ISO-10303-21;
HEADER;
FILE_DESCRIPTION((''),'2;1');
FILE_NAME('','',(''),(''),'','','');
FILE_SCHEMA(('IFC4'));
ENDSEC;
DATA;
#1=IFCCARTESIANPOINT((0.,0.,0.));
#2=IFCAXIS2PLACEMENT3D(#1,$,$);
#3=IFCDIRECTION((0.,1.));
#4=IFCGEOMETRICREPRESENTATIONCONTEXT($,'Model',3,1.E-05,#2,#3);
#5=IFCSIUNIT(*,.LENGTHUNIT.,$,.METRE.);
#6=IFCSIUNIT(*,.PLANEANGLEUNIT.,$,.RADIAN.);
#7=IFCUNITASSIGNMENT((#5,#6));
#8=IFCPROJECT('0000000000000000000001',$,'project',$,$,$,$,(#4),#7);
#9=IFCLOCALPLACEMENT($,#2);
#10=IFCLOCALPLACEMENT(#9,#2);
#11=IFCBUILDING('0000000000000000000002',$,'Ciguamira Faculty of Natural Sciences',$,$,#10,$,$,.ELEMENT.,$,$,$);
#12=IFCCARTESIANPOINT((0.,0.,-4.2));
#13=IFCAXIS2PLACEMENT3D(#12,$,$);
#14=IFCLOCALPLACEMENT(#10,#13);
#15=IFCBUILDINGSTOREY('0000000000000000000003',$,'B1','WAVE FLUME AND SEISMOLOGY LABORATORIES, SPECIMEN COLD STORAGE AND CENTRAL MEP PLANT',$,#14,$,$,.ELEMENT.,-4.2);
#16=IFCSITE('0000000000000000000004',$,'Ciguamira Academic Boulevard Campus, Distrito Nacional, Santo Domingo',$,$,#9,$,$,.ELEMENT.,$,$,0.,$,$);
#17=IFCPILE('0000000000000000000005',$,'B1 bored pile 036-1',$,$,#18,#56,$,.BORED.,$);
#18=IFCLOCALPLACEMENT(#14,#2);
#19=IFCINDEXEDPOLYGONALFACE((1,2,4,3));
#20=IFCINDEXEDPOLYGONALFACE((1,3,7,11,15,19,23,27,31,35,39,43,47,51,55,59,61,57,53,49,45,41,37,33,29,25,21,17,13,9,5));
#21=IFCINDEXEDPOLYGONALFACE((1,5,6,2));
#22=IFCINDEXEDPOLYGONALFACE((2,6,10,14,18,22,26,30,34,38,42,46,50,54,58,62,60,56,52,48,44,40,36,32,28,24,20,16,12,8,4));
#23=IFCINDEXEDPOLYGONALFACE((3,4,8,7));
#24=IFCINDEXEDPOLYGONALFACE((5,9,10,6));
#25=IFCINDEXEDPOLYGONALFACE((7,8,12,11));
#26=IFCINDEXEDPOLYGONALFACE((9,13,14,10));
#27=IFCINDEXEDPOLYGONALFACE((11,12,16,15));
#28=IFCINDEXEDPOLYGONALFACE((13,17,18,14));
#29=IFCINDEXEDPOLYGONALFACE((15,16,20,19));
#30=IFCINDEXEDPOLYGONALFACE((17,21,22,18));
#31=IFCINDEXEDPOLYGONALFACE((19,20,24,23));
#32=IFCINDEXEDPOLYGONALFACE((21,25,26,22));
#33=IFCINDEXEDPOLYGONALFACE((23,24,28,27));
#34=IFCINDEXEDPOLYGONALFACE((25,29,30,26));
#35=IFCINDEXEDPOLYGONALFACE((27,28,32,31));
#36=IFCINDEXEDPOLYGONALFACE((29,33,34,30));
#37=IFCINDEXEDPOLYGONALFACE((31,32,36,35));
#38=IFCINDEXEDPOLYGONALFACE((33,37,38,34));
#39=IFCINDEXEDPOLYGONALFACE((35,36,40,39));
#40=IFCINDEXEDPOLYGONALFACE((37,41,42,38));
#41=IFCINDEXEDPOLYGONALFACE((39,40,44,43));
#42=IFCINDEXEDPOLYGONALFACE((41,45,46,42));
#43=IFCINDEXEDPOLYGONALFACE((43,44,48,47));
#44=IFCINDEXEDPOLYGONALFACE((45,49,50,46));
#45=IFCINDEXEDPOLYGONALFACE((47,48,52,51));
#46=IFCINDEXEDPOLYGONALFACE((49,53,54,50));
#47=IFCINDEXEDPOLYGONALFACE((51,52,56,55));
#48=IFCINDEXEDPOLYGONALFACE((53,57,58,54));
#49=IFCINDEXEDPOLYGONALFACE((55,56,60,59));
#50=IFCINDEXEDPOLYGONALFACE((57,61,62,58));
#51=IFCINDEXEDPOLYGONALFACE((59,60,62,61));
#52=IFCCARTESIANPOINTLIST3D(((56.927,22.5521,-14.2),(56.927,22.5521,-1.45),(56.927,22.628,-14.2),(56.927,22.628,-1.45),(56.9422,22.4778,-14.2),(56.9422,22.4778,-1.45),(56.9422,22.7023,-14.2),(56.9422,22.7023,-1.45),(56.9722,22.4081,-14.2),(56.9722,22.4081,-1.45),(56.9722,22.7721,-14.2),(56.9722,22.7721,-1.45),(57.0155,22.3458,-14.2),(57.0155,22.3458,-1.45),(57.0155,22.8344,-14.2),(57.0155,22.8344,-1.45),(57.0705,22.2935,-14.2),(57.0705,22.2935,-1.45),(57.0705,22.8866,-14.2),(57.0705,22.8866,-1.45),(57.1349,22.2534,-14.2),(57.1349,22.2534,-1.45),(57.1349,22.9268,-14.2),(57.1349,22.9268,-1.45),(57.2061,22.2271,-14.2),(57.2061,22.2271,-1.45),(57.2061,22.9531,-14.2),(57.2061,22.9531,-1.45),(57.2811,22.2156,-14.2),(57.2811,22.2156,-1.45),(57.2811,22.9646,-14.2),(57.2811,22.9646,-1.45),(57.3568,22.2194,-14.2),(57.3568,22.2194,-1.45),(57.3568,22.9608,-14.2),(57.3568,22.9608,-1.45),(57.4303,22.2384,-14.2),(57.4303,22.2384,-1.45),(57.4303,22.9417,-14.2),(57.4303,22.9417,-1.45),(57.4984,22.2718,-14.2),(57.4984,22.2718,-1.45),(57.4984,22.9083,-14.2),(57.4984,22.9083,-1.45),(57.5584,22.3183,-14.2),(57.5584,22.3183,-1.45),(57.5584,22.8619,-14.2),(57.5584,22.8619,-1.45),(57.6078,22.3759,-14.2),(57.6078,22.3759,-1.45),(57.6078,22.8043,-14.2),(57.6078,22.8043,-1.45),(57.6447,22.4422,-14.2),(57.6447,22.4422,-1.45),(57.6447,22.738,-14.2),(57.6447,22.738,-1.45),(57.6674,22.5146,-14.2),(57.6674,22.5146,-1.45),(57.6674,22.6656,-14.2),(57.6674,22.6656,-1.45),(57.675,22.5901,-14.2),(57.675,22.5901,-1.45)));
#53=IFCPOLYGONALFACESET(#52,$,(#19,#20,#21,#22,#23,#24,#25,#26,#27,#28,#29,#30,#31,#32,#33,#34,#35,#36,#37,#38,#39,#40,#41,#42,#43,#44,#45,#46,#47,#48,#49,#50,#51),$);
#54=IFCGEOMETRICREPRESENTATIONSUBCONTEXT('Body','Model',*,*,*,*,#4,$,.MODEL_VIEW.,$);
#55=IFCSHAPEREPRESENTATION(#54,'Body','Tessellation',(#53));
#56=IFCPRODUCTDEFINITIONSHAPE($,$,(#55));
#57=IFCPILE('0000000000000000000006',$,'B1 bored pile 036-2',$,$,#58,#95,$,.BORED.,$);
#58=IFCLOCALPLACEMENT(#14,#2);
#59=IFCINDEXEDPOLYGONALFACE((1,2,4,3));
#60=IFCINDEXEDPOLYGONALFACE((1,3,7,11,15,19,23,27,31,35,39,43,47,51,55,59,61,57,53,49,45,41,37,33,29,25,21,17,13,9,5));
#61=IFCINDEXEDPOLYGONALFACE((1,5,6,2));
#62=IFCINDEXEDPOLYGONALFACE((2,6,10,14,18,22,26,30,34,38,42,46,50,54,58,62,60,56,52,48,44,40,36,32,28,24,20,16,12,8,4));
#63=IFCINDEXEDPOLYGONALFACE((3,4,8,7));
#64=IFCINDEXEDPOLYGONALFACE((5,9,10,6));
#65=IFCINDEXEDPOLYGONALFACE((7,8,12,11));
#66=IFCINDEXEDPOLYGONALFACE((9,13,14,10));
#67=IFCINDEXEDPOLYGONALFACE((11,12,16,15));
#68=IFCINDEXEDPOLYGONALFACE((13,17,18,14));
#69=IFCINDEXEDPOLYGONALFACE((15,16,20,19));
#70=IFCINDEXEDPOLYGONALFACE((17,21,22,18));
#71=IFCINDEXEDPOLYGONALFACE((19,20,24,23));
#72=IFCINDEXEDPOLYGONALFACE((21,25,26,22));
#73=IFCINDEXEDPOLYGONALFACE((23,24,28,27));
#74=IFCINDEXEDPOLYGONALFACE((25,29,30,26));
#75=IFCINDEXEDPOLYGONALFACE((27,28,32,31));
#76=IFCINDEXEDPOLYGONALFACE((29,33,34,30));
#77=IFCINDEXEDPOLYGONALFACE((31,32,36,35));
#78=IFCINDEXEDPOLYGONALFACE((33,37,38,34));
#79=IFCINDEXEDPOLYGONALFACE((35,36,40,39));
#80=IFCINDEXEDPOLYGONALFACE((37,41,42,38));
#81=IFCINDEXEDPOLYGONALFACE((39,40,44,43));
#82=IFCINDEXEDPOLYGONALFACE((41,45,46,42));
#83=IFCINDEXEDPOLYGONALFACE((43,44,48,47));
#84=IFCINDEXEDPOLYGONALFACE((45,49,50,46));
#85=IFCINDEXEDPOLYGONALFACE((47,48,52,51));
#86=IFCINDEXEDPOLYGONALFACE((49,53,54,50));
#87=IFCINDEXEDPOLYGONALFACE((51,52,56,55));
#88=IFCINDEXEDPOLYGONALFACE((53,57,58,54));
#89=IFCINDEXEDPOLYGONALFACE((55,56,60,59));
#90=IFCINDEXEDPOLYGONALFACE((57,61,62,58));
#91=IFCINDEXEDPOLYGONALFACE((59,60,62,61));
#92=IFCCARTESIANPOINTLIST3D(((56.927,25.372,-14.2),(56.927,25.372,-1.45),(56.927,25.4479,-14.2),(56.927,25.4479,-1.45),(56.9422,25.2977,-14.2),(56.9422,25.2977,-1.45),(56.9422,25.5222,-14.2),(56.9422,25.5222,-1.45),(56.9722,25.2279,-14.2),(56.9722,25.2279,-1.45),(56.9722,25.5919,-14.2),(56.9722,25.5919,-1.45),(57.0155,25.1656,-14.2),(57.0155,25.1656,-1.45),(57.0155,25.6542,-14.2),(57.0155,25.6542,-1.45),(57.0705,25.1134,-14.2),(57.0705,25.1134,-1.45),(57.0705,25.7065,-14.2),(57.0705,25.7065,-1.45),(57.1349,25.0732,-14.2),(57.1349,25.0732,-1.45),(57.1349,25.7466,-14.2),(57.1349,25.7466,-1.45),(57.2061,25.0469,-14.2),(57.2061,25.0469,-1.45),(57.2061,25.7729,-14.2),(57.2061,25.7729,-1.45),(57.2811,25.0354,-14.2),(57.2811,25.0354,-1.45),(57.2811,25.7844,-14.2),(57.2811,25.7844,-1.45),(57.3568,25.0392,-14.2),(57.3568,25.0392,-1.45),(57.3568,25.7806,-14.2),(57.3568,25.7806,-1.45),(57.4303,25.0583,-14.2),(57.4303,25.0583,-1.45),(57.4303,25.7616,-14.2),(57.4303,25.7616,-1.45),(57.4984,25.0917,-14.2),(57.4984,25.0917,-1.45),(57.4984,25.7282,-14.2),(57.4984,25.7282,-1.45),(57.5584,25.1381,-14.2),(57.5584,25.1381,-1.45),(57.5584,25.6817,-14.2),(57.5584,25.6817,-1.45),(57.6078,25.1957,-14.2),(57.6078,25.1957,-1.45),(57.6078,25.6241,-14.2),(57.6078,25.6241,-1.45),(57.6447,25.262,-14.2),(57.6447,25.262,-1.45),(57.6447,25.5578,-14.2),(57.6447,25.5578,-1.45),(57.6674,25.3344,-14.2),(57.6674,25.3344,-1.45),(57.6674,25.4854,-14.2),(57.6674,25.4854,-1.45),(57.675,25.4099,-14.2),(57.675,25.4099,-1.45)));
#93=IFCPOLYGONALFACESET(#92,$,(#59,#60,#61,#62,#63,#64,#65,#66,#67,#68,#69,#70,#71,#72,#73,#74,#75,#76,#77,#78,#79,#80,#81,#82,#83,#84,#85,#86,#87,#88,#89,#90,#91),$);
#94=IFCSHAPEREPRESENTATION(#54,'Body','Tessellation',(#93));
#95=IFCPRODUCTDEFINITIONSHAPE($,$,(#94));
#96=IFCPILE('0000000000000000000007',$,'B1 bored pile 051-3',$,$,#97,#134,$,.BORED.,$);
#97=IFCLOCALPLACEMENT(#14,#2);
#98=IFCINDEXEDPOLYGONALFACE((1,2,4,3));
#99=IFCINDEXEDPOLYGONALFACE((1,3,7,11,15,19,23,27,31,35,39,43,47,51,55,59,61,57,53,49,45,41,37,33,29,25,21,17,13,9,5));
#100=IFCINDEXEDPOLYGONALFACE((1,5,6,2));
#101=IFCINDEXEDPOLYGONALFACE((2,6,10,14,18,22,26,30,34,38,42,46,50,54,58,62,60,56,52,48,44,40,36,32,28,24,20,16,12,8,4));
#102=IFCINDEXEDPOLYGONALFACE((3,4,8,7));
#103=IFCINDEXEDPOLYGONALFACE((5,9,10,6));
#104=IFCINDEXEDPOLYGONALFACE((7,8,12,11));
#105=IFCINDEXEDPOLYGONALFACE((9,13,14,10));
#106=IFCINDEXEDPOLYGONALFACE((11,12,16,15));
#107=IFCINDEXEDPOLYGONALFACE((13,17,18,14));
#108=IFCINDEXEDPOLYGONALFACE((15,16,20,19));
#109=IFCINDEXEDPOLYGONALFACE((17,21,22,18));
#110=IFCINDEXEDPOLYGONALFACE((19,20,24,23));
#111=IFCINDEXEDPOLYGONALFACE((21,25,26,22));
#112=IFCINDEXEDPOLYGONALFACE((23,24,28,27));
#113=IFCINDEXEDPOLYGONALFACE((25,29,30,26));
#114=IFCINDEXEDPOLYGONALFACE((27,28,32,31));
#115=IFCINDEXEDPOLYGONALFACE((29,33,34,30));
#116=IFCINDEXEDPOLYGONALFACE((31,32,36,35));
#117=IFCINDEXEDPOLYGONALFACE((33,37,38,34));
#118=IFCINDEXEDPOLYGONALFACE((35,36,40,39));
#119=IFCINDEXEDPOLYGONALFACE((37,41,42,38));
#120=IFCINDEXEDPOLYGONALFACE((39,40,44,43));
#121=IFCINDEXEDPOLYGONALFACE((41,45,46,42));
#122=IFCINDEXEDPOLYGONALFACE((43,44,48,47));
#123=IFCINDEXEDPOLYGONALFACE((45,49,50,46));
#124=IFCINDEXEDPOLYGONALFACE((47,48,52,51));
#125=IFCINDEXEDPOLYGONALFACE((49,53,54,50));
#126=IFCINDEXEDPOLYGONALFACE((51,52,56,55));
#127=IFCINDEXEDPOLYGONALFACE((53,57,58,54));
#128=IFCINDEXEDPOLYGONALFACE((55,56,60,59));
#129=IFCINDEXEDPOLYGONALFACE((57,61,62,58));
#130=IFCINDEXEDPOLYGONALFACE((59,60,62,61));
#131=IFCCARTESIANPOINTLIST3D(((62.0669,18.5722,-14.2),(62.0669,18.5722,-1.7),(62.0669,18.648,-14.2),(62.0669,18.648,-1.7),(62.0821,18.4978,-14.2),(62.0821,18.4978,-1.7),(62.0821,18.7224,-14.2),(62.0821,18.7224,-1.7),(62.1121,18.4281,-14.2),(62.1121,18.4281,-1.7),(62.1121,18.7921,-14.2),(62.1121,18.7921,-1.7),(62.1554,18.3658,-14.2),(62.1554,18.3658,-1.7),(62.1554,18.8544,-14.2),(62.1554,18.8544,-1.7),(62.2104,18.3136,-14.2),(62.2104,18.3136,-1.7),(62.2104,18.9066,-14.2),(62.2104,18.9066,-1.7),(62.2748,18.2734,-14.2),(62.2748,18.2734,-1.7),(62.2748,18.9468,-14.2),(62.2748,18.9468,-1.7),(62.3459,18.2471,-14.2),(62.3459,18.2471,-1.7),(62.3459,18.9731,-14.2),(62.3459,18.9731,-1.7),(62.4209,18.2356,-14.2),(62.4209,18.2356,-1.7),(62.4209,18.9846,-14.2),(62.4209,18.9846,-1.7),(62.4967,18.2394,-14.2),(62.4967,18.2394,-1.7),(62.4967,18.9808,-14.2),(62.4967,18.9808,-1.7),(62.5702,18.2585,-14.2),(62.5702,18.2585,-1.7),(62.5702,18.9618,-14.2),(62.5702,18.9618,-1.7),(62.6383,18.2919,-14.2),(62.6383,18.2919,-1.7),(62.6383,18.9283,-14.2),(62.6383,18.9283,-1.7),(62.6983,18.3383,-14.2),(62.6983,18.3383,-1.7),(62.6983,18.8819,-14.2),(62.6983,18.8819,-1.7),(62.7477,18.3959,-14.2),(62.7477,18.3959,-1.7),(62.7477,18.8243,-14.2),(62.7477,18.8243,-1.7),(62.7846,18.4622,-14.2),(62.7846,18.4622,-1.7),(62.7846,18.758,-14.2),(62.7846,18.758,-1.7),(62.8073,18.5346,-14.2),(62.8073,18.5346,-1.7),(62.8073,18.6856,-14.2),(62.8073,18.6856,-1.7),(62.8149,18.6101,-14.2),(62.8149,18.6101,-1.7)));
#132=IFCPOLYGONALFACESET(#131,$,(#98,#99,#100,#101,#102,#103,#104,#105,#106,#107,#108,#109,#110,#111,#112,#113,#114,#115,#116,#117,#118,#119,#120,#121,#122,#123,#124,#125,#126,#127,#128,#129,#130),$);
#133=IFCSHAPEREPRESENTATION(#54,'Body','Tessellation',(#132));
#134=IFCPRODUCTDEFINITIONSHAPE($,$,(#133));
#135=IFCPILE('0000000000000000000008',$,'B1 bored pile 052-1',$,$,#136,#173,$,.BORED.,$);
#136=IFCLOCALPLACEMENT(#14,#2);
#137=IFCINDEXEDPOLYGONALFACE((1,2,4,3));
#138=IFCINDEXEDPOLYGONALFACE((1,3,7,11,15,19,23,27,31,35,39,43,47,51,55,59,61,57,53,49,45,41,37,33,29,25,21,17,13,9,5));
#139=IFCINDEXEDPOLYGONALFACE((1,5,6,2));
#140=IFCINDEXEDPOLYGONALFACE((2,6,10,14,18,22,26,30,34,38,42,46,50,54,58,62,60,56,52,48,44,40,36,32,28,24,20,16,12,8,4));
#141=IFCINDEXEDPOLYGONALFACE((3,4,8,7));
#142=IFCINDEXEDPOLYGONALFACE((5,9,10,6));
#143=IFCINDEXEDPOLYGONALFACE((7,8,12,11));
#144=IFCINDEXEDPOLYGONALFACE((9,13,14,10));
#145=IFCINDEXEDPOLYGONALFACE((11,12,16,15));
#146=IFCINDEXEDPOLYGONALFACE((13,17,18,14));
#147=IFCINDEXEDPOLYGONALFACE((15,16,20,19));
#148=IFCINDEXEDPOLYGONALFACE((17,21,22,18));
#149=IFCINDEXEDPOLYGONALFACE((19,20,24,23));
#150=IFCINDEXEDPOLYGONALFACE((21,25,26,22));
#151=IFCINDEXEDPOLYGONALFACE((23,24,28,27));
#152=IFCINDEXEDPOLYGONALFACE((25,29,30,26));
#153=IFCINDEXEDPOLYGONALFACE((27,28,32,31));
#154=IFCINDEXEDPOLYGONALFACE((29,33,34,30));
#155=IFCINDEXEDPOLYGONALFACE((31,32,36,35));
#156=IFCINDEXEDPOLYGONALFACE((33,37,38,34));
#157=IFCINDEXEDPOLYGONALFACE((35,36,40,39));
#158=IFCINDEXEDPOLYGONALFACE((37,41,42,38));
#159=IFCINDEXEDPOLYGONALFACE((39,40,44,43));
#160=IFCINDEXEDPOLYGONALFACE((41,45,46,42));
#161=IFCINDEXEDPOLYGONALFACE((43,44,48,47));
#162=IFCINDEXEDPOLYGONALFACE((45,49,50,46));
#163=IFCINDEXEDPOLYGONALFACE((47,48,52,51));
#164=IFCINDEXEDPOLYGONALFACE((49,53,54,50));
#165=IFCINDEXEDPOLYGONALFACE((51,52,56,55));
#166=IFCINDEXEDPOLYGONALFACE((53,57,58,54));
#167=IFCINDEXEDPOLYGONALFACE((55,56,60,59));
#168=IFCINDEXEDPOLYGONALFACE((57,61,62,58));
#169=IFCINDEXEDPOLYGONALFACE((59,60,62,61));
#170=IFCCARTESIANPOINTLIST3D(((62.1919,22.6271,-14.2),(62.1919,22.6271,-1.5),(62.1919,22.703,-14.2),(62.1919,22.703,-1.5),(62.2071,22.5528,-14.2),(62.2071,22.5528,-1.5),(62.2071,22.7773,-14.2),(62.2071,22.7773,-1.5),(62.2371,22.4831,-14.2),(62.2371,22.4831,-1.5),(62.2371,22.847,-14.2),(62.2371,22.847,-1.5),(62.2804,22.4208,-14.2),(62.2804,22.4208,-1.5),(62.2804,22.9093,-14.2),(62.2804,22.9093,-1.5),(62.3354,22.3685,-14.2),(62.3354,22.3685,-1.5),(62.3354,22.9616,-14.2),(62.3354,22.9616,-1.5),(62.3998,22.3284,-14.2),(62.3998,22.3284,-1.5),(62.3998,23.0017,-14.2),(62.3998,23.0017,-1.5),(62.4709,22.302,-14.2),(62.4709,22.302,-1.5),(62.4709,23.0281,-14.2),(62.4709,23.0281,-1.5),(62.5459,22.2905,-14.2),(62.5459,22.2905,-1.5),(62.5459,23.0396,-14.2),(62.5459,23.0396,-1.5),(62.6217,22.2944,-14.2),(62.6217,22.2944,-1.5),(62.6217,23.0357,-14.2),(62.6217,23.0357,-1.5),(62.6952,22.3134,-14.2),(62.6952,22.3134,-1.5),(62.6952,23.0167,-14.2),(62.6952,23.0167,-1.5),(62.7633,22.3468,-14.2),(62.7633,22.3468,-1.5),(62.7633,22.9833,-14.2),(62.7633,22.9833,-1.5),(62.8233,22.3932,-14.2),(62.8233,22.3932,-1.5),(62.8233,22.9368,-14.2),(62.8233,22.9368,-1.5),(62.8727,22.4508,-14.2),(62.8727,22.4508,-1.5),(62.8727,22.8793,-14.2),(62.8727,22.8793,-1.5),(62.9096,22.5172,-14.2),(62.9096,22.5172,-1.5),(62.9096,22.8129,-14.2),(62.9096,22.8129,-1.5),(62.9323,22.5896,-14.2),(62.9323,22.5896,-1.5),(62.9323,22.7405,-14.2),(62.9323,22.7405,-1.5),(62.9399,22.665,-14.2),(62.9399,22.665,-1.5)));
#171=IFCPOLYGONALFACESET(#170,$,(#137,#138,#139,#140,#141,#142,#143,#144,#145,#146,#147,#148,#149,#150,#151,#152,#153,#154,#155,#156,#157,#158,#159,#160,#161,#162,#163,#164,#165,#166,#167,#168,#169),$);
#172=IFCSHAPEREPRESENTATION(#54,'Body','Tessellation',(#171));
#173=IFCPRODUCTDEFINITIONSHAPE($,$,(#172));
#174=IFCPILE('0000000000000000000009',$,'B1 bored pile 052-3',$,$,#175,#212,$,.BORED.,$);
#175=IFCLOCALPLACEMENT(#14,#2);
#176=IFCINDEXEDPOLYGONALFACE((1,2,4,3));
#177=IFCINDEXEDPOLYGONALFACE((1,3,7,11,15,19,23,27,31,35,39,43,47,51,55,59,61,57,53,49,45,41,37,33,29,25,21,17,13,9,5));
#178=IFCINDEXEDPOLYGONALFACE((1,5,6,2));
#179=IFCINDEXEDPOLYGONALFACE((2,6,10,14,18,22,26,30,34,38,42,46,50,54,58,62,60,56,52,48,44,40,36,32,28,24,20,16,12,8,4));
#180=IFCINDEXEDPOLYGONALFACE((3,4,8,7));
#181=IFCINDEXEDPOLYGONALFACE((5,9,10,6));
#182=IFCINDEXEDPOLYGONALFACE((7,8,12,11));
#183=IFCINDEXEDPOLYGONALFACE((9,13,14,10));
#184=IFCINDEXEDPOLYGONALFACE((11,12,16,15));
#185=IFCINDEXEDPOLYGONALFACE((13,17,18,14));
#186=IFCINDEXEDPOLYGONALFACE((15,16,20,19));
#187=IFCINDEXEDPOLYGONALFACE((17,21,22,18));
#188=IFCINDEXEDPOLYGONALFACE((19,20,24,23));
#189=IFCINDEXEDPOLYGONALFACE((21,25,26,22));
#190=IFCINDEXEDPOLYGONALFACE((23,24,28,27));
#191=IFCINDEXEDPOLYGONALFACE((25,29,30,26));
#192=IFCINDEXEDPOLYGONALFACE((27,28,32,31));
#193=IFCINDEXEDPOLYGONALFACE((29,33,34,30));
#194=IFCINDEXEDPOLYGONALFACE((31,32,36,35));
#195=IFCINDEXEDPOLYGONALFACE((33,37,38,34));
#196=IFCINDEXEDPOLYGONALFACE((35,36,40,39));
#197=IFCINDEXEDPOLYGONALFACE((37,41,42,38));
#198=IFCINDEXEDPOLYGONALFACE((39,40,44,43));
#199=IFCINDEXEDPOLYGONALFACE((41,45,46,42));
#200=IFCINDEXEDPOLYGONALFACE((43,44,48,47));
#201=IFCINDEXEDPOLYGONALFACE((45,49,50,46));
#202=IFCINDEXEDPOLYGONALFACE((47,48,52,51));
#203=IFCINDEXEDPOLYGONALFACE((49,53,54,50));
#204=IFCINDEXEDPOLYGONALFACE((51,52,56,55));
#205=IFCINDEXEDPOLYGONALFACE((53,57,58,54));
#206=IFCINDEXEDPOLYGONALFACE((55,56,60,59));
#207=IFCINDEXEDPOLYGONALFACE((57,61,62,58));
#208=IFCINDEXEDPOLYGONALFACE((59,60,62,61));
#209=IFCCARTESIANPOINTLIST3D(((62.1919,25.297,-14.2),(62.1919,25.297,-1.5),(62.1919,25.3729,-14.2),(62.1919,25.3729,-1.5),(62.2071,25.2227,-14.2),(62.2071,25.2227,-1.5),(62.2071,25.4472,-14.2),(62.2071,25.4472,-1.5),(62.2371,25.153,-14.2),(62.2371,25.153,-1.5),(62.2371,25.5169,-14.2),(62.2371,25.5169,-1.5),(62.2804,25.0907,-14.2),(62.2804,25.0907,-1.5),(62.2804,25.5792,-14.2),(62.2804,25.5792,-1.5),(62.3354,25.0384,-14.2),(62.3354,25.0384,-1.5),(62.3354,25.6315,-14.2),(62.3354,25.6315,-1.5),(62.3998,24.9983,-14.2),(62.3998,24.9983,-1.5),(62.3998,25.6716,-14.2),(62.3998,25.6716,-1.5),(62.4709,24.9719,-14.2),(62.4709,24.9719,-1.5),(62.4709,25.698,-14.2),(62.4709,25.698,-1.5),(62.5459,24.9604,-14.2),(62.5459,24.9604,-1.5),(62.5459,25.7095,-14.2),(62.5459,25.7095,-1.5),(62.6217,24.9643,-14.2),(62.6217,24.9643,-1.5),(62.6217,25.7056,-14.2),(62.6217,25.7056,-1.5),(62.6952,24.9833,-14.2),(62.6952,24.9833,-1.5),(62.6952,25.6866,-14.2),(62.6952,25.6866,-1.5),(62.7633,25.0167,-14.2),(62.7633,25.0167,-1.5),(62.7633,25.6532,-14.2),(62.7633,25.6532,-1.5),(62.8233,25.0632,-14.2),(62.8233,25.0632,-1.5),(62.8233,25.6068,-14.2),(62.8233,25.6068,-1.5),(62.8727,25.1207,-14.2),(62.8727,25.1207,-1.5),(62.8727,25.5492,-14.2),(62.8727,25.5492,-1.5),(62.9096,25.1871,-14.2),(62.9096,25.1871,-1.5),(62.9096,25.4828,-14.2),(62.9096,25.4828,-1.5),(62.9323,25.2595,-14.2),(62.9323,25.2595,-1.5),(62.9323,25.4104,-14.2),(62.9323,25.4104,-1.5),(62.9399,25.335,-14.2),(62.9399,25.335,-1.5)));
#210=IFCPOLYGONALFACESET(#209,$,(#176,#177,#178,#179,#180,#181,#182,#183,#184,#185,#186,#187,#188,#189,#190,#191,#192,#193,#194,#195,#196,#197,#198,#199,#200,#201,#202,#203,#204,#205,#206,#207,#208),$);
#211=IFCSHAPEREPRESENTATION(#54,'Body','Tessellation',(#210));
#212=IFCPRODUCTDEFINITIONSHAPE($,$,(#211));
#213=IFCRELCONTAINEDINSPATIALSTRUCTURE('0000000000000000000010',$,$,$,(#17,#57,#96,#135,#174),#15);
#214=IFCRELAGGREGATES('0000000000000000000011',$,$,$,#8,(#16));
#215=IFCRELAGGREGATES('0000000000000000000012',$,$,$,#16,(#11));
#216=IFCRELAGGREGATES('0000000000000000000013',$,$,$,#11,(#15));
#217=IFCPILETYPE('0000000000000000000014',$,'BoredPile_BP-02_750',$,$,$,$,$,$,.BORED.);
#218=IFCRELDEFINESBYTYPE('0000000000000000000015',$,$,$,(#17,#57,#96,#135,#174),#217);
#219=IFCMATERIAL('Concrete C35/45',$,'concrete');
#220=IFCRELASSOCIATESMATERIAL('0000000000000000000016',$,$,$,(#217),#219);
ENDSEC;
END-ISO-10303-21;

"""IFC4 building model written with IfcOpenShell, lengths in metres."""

from ifc_helpers import new_model, si_unit, direction, frame, origin, origin_2d, place, context, subcontext, project, spatial, circle, extrude, material, material_profile, profile_set, type_object, element, save


model = new_model("IFC4")

# Units and contexts
model_context = context("Model", 3, precision=1e-05, world=origin(), true_north=direction((0.0, 1.0)))
body_context = subcontext(model_context, "Body", "Model", "MODEL_VIEW")
ifc_project = project(units=[si_unit("LENGTHUNIT", "METRE"), si_unit("PLANEANGLEUNIT", "RADIAN")], contexts=[model_context])

# Site, building, storey
site_placement = place(None, origin())
site = spatial("IfcSite", under=ifc_project, at=site_placement, Name="Ciguamira Academic Boulevard Campus, Distrito Nacional, Santo Domingo", CompositionType="ELEMENT", RefElevation=0.0)
building_placement = place(site_placement, origin())
building = spatial("IfcBuilding", under=site, at=building_placement, Name="Ciguamira Faculty of Natural Sciences", CompositionType="ELEMENT")
storey_placement = place(building_placement, frame((0.0, 0.0, -4.2)))
storey = spatial("IfcBuildingStorey", under=building, at=storey_placement, Name="B1", Description="WAVE FLUME AND SEISMOLOGY LABORATORIES, SPECIMEN COLD STORAGE AND CENTRAL MEP PLANT", CompositionType="ELEMENT", Elevation=-4.2)

# Piles
ifc_material_1 = material(Name="Concrete C35/45", Category="concrete")
ifc_material_profile_1 = material_profile(ifc_material_1, circle(Radius=0.375, at=origin_2d()), Name="PILE-BORED-750")
ifc_profile_set_1 = profile_set([ifc_material_profile_1], Name="Concrete C35/45")
pile_type_1 = type_object("IfcPileType", Name="BoredPile_BP-02_750", PredefinedType="BORED", material=ifc_profile_set_1)
for number, where, z_axis, x_axis, name in (
    (1, (57.3, 22.5901, -1.45), (0.0, 0.0, -1.0), (1.0, 0.0, 0.0), "B1 bored pile 036-1"),
    (2, (57.3, 25.4099, -1.45), (0.0, 0.0, -1.0), (1.0, 0.0, 0.0), "B1 bored pile 036-2"),
):
    element("IfcPile", number, at=place(storey_placement, frame(where, z_axis=z_axis, x_axis=x_axis)), inside=storey, type_object=pile_type_1, Name=name, PredefinedType="BORED", context=body_context, shape_type="SweptSolid", body=[
        extrude(circle(Radius=0.375, at=origin_2d()), origin(), (0.0, 0.0, 1.0), 12.75),
    ])
pile_1_placement = place(storey_placement, frame((62.4399, 18.6101, -1.7), z_axis=(0.0, 0.0, -1.0), x_axis=(1.0, 0.0, 0.0)))
element("IfcPile", 3, at=pile_1_placement, inside=storey, type_object=pile_type_1, Name="B1 bored pile 051-3", PredefinedType="BORED", context=body_context, shape_type="SweptSolid", body=[
    extrude(circle(Radius=0.375, at=origin_2d()), origin(), (0.0, 0.0, 1.0), 12.5),
])
for number, where, z_axis, x_axis, name in (
    (4, (62.5649, 22.665, -1.5), (0.0, 0.0, -1.0), (1.0, 0.0, 0.0), "B1 bored pile 052-1"),
    (5, (62.5649, 25.335, -1.5), (0.0, 0.0, -1.0), (1.0, 0.0, 0.0), "B1 bored pile 052-3"),
):
    element("IfcPile", number, at=place(storey_placement, frame(where, z_axis=z_axis, x_axis=x_axis)), inside=storey, type_object=pile_type_1, Name=name, PredefinedType="BORED", context=body_context, shape_type="SweptSolid", body=[
        extrude(circle(Radius=0.375, at=origin_2d()), origin(), (0.0, 0.0, 1.0), 12.7),
    ])

save(model, "model.ifc")
